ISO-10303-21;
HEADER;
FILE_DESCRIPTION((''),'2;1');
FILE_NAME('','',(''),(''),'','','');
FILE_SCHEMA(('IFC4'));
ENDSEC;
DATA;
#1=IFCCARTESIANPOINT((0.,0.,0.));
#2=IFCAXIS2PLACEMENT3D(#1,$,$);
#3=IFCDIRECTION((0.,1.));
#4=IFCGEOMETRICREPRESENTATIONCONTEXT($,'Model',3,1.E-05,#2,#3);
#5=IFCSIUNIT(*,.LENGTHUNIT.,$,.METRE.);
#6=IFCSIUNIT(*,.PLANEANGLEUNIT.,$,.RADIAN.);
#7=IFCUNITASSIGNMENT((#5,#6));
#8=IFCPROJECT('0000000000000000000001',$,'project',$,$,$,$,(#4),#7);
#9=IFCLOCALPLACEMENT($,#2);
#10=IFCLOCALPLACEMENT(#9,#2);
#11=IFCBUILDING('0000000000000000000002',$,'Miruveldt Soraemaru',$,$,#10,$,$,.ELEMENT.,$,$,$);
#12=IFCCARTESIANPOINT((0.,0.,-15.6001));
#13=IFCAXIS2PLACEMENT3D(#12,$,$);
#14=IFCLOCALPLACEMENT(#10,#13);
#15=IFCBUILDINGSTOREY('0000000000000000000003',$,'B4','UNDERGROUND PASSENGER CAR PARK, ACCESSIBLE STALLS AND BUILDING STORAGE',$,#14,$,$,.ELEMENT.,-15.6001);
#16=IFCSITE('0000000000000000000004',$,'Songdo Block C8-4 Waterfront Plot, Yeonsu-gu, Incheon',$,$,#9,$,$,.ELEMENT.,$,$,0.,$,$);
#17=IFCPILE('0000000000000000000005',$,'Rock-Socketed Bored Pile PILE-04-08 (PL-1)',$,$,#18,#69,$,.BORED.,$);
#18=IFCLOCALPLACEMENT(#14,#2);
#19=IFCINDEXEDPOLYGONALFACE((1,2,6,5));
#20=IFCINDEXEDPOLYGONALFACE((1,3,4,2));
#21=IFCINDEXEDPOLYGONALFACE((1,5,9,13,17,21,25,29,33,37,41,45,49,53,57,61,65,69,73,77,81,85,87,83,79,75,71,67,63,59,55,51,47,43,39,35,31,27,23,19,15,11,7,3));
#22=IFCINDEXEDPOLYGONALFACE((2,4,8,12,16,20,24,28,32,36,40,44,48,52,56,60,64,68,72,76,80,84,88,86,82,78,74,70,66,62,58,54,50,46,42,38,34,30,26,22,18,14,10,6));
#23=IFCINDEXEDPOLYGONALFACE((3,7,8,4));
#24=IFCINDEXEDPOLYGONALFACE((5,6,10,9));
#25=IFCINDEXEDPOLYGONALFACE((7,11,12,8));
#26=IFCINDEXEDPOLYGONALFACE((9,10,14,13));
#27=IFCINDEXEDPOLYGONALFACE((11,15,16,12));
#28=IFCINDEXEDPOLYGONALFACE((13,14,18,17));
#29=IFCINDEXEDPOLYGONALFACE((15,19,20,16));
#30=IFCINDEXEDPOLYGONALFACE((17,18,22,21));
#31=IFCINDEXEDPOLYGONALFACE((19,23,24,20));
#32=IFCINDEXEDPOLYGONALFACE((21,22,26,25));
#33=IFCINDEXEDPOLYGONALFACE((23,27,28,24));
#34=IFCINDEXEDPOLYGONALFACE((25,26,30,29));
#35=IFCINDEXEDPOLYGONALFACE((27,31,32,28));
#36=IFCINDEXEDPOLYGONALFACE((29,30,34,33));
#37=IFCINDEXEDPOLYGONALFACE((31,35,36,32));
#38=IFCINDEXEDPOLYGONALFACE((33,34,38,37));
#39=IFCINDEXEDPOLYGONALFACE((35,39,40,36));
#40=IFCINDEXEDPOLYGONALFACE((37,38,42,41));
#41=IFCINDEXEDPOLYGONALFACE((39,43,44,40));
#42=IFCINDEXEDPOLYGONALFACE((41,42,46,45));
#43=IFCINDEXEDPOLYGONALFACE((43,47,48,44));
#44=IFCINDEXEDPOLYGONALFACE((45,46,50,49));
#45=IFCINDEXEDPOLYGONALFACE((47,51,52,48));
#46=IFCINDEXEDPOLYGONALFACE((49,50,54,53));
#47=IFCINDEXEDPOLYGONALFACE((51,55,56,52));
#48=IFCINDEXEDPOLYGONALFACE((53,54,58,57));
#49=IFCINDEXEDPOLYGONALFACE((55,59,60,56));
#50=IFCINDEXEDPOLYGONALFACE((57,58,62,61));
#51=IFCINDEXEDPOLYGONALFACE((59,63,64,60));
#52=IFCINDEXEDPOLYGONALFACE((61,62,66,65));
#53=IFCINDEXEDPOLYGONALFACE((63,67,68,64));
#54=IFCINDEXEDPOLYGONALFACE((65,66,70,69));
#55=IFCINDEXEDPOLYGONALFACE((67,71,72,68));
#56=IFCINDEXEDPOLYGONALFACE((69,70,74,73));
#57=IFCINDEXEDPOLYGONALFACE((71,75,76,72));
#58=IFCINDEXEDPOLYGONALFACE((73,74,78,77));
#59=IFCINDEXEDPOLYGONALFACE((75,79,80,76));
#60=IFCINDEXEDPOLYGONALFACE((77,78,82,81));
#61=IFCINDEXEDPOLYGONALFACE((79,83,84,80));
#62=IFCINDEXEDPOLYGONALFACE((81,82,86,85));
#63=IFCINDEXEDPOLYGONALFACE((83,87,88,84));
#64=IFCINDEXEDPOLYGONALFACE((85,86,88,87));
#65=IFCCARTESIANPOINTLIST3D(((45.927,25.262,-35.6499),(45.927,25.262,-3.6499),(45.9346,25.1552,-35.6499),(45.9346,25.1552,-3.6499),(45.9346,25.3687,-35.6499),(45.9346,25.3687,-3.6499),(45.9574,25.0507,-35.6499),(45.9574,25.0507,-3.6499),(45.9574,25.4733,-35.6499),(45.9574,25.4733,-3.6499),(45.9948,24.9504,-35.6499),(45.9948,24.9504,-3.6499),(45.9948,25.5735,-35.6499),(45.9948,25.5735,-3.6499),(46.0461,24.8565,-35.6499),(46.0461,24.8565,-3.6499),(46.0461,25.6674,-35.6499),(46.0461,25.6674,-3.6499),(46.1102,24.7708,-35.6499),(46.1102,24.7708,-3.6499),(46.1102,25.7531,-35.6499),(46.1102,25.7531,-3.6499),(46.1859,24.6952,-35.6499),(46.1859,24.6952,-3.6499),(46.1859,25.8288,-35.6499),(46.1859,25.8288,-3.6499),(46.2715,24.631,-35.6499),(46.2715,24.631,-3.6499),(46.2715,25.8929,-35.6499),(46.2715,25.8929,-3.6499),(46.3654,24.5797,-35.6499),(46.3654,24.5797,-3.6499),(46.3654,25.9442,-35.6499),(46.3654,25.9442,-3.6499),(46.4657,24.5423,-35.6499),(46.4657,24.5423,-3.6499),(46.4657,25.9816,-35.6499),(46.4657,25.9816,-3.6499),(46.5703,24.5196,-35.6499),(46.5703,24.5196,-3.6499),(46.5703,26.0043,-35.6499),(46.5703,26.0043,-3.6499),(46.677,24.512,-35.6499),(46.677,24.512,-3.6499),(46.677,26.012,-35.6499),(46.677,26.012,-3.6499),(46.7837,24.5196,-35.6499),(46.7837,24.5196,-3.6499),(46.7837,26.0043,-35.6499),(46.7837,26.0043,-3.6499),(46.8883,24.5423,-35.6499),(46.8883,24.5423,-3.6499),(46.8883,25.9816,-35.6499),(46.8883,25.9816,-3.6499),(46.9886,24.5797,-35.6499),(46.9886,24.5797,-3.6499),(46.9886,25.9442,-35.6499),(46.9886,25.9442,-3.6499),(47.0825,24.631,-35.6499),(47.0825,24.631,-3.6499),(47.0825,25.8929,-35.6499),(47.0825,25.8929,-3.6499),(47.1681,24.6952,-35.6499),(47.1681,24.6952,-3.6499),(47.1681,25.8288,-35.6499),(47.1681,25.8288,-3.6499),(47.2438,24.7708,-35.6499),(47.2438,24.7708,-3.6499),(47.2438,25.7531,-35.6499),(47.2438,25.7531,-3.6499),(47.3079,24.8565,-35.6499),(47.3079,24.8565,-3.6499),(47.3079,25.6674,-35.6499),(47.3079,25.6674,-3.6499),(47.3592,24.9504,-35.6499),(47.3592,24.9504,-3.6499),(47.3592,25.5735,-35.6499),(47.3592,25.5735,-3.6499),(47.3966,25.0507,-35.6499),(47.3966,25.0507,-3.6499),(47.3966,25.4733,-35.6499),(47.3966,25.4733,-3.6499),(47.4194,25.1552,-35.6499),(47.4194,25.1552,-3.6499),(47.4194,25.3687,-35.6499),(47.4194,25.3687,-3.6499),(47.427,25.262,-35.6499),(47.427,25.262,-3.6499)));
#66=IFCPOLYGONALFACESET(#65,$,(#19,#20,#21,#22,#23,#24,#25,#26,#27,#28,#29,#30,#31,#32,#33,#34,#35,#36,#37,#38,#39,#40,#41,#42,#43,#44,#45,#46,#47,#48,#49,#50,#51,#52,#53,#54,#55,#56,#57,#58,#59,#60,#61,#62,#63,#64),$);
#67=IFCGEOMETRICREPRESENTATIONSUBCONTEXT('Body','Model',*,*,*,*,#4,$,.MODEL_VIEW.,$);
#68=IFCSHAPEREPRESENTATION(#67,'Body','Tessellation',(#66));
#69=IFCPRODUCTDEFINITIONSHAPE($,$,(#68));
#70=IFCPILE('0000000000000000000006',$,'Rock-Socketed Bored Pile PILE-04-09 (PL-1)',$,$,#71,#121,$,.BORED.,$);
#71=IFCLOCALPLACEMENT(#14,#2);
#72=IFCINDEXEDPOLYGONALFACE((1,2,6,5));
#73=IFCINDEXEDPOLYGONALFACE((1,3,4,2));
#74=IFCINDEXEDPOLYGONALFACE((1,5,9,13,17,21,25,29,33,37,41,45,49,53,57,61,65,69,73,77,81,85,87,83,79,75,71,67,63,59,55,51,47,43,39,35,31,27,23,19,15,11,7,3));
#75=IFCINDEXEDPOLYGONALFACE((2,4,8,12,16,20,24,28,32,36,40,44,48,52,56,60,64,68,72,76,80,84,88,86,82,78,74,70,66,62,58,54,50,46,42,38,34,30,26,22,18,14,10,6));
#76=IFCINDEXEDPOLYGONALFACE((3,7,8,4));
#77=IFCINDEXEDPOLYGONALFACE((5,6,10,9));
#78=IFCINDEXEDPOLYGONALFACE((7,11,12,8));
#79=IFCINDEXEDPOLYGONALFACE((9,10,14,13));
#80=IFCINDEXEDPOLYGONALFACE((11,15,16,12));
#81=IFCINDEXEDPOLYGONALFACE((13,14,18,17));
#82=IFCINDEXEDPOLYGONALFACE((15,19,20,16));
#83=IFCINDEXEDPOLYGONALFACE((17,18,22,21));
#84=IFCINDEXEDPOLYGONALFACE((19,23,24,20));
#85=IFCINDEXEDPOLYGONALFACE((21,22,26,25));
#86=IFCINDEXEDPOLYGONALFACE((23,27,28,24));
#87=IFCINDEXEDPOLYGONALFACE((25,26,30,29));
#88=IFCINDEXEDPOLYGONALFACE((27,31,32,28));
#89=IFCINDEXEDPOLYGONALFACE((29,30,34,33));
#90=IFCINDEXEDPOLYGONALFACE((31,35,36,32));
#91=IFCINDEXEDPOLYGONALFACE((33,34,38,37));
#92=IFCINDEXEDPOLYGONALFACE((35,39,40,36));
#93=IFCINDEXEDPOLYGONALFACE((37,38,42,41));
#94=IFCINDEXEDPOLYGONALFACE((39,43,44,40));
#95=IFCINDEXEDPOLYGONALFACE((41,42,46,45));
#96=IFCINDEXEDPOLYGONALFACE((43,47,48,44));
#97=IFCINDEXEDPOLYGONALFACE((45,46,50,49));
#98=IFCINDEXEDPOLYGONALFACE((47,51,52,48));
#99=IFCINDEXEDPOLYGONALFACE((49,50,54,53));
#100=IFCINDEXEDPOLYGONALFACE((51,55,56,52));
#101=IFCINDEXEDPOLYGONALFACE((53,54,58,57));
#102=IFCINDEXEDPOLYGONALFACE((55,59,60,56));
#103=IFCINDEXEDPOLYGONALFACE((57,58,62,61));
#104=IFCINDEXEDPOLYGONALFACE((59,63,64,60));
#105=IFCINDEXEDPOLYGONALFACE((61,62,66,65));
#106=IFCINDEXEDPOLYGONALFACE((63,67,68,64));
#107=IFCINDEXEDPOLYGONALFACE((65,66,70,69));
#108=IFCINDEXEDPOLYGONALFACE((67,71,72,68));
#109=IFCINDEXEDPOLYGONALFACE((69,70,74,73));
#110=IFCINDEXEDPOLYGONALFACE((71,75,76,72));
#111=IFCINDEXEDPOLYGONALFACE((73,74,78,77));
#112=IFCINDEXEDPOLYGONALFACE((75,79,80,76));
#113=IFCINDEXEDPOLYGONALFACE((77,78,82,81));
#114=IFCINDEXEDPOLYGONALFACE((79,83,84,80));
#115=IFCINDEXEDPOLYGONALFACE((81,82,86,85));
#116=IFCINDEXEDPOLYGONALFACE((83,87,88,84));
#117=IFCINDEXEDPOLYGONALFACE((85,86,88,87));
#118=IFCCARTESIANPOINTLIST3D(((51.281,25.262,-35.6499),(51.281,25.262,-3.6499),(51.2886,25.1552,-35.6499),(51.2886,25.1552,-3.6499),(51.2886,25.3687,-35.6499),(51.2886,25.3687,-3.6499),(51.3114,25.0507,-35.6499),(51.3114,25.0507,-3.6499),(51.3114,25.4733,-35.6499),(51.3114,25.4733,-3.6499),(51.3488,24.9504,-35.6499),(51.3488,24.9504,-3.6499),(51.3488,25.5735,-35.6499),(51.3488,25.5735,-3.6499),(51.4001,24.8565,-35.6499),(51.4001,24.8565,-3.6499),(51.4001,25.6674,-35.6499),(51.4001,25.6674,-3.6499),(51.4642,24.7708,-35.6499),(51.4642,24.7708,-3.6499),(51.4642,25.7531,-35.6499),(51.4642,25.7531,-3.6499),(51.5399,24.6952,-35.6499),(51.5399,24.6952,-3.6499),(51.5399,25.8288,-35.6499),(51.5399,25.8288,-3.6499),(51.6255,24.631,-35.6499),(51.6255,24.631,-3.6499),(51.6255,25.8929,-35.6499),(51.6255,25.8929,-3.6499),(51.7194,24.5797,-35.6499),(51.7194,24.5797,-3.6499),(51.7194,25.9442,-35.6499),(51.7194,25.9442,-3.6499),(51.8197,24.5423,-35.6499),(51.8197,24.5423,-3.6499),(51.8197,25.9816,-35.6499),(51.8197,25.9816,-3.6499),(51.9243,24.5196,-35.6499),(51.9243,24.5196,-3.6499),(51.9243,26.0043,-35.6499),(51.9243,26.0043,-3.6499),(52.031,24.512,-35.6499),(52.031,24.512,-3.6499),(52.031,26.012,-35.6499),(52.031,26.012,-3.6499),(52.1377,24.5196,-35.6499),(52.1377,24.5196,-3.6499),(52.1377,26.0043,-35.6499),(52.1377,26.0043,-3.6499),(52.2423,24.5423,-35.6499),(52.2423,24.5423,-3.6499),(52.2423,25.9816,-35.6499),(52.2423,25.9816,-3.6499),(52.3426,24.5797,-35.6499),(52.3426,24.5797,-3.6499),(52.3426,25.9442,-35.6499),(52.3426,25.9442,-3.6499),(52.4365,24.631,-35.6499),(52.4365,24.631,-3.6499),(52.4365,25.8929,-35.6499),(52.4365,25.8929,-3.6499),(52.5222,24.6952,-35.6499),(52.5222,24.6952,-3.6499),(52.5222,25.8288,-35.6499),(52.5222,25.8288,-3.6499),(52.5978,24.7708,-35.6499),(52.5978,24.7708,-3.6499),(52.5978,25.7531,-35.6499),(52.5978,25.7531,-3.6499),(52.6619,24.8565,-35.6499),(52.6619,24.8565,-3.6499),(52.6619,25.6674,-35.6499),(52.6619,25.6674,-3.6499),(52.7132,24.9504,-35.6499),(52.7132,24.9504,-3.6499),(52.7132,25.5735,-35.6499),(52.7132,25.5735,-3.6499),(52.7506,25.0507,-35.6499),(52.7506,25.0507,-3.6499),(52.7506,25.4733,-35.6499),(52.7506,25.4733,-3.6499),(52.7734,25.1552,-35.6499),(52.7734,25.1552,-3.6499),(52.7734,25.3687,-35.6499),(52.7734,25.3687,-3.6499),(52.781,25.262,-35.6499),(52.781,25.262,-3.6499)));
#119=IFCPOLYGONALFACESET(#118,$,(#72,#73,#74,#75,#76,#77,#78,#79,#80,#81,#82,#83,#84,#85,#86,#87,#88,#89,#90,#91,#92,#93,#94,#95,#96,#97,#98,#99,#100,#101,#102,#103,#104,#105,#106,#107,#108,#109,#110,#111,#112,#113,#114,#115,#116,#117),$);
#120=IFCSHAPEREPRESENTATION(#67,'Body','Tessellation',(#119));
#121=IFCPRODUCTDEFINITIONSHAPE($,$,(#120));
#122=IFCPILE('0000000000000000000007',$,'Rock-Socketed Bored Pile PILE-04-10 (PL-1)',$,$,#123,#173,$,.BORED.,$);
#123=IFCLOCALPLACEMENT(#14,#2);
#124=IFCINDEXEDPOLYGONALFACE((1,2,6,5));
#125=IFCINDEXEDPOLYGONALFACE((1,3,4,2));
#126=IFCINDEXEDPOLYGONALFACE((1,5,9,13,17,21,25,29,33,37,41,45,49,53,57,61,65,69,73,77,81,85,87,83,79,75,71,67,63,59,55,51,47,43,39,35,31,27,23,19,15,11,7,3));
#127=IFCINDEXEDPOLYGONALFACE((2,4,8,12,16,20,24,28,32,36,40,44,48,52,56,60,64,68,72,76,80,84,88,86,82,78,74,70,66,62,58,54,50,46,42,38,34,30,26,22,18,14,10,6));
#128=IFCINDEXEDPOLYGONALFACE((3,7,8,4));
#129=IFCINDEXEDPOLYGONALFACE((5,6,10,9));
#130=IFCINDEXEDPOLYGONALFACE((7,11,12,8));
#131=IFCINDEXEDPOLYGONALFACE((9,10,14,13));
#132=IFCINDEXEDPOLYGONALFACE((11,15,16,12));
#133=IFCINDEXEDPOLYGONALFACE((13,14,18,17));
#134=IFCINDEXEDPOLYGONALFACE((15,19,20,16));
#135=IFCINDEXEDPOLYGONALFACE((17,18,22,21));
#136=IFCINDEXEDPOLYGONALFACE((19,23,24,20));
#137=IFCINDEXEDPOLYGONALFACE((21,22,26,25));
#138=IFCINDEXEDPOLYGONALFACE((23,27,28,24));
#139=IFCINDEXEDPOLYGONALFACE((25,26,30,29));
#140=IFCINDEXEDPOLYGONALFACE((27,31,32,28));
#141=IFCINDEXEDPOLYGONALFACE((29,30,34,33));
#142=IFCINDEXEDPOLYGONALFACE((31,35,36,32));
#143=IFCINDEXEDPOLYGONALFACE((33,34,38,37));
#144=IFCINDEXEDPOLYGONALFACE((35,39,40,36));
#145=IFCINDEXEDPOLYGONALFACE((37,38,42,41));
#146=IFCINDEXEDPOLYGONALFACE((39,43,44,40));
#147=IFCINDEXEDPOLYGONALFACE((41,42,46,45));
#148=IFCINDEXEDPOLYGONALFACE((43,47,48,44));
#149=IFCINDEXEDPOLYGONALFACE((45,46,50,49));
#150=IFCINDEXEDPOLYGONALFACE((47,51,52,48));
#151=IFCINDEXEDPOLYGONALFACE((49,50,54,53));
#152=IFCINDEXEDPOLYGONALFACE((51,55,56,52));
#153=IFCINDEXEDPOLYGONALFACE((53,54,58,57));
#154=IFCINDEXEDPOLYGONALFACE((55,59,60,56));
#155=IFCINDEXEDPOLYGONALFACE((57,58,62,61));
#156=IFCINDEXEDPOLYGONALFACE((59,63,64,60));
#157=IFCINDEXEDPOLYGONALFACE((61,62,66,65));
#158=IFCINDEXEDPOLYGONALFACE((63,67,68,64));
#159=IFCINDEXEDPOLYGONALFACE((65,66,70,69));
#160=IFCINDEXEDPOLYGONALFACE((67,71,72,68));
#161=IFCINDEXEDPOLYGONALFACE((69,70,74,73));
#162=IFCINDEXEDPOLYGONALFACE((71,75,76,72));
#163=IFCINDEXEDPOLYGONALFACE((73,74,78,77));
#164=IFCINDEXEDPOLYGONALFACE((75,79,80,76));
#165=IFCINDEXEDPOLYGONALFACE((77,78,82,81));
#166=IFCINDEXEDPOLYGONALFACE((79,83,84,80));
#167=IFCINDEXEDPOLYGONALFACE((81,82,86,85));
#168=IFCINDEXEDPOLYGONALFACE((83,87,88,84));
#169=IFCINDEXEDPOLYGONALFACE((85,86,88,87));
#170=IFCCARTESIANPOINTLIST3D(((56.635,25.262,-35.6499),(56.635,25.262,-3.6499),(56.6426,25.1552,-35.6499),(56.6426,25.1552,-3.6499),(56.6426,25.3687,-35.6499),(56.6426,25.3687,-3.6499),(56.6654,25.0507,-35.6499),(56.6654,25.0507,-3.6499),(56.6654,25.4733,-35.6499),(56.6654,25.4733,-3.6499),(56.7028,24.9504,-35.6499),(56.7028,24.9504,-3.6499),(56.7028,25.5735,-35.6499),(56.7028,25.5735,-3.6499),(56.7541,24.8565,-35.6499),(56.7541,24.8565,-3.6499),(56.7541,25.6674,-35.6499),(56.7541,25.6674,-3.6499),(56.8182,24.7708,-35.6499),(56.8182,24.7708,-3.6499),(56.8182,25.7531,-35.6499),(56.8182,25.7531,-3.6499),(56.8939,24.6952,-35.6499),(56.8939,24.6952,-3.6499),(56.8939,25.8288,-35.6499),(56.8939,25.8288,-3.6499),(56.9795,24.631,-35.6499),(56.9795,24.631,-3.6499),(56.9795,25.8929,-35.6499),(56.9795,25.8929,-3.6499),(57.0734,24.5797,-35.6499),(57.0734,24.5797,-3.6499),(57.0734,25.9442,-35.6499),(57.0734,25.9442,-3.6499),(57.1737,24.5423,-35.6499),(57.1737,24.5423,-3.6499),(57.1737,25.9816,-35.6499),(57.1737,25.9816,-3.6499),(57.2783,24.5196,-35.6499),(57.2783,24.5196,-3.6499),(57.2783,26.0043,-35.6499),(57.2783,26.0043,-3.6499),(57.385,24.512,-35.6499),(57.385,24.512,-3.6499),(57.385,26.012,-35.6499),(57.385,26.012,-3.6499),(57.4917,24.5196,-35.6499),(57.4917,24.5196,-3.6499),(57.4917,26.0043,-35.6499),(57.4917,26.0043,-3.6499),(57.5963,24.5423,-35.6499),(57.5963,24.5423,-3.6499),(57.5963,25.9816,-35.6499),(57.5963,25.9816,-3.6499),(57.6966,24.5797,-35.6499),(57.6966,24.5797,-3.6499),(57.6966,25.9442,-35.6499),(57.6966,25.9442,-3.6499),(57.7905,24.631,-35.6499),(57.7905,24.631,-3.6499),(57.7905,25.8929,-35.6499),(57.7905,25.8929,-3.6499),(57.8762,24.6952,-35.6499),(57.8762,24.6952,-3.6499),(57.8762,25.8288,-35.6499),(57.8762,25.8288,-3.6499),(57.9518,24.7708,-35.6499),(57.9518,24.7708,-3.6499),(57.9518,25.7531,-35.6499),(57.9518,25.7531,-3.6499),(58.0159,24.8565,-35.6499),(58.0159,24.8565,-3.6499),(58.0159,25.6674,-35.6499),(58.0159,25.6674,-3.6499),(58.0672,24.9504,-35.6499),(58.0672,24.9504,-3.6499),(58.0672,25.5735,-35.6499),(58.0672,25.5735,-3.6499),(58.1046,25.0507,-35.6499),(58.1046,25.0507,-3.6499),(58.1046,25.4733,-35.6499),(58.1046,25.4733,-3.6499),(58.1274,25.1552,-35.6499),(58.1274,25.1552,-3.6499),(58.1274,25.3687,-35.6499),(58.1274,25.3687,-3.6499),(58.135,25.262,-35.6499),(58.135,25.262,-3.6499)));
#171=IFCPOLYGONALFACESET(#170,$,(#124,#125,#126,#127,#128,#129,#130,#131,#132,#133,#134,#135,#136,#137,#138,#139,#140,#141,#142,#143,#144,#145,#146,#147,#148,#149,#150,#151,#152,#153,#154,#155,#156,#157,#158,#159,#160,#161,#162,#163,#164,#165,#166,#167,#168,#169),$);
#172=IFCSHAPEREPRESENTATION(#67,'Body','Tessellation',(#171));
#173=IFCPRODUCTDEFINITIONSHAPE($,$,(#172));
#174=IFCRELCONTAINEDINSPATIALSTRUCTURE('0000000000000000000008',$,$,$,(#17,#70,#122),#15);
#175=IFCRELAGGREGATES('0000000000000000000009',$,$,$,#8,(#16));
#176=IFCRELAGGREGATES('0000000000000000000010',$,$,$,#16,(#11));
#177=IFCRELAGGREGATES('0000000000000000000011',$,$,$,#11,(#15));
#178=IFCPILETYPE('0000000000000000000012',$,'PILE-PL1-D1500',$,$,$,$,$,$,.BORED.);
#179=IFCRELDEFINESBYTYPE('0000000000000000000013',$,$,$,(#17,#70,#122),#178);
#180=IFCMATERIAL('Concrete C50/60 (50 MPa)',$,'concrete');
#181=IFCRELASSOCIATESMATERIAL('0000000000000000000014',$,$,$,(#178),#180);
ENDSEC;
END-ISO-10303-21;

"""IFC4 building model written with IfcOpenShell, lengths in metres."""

from ifc_helpers import new_model, si_unit, direction, frame, origin, origin_2d, place, context, subcontext, project, spatial, circle, extrude, material, material_profile, profile_set, type_object, element, save


model = new_model("IFC4")

# Units and contexts
model_context = context("Model", 3, precision=1e-05, world=origin(), true_north=direction((0.0, 1.0)))
body_context = subcontext(model_context, "Body", "Model", "MODEL_VIEW")
ifc_project = project(units=[si_unit("LENGTHUNIT", "METRE"), si_unit("PLANEANGLEUNIT", "RADIAN")], contexts=[model_context])

# Site, building, storey
site_placement = place(None, origin())
site = spatial("IfcSite", under=ifc_project, at=site_placement, Name="Songdo Block C8-4 Waterfront Plot, Yeonsu-gu, Incheon", CompositionType="ELEMENT", RefElevation=0.0)
building_placement = place(site_placement, origin())
building = spatial("IfcBuilding", under=site, at=building_placement, Name="Miruveldt Soraemaru", CompositionType="ELEMENT")
storey_placement = place(building_placement, frame((0.0, 0.0, -15.6001)))
storey = spatial("IfcBuildingStorey", under=building, at=storey_placement, Name="B4", Description="UNDERGROUND PASSENGER CAR PARK, ACCESSIBLE STALLS AND BUILDING STORAGE", CompositionType="ELEMENT", Elevation=-15.6001)

# Shared definitions
ifc_material_1 = material(Name="Concrete C50/60 (50 MPa)", Category="concrete")

# Piles
ifc_material_profile_1 = material_profile(ifc_material_1, circle(Radius=0.75, at=origin_2d()), Name="Concrete C50/60 (50 MPa)", Category="concrete")
ifc_profile_set_1 = profile_set([ifc_material_profile_1], Name="Concrete C50/60 (50 MPa)")
pile_type_1 = type_object("IfcPileType", Name="PILE-PL1-D1500", PredefinedType="BORED", material=ifc_profile_set_1)
for number, where, z_axis, x_axis, name in (
    (1, (46.677, 25.262, -3.6499), (0.0, 0.0, -1.0), (1.0, 0.0, 0.0), "Rock-Socketed Bored Pile PILE-04-08 (PL-1)"),
    (2, (52.031, 25.262, -3.6499), (0.0, 0.0, -1.0), (1.0, 0.0, 0.0), "Rock-Socketed Bored Pile PILE-04-09 (PL-1)"),
    (3, (57.385, 25.262, -3.6499), (0.0, 0.0, -1.0), (1.0, 0.0, 0.0), "Rock-Socketed Bored Pile PILE-04-10 (PL-1)"),
):
    element("IfcPile", number, at=place(storey_placement, frame(where, z_axis=z_axis, x_axis=x_axis)), inside=storey, type_object=pile_type_1, Name=name, PredefinedType="BORED", context=body_context, shape_type="SweptSolid", body=[
        extrude(circle(Radius=0.75, at=origin_2d()), origin(), (0.0, 0.0, 1.0), 32.0),
    ])

save(model, "model.ifc")
